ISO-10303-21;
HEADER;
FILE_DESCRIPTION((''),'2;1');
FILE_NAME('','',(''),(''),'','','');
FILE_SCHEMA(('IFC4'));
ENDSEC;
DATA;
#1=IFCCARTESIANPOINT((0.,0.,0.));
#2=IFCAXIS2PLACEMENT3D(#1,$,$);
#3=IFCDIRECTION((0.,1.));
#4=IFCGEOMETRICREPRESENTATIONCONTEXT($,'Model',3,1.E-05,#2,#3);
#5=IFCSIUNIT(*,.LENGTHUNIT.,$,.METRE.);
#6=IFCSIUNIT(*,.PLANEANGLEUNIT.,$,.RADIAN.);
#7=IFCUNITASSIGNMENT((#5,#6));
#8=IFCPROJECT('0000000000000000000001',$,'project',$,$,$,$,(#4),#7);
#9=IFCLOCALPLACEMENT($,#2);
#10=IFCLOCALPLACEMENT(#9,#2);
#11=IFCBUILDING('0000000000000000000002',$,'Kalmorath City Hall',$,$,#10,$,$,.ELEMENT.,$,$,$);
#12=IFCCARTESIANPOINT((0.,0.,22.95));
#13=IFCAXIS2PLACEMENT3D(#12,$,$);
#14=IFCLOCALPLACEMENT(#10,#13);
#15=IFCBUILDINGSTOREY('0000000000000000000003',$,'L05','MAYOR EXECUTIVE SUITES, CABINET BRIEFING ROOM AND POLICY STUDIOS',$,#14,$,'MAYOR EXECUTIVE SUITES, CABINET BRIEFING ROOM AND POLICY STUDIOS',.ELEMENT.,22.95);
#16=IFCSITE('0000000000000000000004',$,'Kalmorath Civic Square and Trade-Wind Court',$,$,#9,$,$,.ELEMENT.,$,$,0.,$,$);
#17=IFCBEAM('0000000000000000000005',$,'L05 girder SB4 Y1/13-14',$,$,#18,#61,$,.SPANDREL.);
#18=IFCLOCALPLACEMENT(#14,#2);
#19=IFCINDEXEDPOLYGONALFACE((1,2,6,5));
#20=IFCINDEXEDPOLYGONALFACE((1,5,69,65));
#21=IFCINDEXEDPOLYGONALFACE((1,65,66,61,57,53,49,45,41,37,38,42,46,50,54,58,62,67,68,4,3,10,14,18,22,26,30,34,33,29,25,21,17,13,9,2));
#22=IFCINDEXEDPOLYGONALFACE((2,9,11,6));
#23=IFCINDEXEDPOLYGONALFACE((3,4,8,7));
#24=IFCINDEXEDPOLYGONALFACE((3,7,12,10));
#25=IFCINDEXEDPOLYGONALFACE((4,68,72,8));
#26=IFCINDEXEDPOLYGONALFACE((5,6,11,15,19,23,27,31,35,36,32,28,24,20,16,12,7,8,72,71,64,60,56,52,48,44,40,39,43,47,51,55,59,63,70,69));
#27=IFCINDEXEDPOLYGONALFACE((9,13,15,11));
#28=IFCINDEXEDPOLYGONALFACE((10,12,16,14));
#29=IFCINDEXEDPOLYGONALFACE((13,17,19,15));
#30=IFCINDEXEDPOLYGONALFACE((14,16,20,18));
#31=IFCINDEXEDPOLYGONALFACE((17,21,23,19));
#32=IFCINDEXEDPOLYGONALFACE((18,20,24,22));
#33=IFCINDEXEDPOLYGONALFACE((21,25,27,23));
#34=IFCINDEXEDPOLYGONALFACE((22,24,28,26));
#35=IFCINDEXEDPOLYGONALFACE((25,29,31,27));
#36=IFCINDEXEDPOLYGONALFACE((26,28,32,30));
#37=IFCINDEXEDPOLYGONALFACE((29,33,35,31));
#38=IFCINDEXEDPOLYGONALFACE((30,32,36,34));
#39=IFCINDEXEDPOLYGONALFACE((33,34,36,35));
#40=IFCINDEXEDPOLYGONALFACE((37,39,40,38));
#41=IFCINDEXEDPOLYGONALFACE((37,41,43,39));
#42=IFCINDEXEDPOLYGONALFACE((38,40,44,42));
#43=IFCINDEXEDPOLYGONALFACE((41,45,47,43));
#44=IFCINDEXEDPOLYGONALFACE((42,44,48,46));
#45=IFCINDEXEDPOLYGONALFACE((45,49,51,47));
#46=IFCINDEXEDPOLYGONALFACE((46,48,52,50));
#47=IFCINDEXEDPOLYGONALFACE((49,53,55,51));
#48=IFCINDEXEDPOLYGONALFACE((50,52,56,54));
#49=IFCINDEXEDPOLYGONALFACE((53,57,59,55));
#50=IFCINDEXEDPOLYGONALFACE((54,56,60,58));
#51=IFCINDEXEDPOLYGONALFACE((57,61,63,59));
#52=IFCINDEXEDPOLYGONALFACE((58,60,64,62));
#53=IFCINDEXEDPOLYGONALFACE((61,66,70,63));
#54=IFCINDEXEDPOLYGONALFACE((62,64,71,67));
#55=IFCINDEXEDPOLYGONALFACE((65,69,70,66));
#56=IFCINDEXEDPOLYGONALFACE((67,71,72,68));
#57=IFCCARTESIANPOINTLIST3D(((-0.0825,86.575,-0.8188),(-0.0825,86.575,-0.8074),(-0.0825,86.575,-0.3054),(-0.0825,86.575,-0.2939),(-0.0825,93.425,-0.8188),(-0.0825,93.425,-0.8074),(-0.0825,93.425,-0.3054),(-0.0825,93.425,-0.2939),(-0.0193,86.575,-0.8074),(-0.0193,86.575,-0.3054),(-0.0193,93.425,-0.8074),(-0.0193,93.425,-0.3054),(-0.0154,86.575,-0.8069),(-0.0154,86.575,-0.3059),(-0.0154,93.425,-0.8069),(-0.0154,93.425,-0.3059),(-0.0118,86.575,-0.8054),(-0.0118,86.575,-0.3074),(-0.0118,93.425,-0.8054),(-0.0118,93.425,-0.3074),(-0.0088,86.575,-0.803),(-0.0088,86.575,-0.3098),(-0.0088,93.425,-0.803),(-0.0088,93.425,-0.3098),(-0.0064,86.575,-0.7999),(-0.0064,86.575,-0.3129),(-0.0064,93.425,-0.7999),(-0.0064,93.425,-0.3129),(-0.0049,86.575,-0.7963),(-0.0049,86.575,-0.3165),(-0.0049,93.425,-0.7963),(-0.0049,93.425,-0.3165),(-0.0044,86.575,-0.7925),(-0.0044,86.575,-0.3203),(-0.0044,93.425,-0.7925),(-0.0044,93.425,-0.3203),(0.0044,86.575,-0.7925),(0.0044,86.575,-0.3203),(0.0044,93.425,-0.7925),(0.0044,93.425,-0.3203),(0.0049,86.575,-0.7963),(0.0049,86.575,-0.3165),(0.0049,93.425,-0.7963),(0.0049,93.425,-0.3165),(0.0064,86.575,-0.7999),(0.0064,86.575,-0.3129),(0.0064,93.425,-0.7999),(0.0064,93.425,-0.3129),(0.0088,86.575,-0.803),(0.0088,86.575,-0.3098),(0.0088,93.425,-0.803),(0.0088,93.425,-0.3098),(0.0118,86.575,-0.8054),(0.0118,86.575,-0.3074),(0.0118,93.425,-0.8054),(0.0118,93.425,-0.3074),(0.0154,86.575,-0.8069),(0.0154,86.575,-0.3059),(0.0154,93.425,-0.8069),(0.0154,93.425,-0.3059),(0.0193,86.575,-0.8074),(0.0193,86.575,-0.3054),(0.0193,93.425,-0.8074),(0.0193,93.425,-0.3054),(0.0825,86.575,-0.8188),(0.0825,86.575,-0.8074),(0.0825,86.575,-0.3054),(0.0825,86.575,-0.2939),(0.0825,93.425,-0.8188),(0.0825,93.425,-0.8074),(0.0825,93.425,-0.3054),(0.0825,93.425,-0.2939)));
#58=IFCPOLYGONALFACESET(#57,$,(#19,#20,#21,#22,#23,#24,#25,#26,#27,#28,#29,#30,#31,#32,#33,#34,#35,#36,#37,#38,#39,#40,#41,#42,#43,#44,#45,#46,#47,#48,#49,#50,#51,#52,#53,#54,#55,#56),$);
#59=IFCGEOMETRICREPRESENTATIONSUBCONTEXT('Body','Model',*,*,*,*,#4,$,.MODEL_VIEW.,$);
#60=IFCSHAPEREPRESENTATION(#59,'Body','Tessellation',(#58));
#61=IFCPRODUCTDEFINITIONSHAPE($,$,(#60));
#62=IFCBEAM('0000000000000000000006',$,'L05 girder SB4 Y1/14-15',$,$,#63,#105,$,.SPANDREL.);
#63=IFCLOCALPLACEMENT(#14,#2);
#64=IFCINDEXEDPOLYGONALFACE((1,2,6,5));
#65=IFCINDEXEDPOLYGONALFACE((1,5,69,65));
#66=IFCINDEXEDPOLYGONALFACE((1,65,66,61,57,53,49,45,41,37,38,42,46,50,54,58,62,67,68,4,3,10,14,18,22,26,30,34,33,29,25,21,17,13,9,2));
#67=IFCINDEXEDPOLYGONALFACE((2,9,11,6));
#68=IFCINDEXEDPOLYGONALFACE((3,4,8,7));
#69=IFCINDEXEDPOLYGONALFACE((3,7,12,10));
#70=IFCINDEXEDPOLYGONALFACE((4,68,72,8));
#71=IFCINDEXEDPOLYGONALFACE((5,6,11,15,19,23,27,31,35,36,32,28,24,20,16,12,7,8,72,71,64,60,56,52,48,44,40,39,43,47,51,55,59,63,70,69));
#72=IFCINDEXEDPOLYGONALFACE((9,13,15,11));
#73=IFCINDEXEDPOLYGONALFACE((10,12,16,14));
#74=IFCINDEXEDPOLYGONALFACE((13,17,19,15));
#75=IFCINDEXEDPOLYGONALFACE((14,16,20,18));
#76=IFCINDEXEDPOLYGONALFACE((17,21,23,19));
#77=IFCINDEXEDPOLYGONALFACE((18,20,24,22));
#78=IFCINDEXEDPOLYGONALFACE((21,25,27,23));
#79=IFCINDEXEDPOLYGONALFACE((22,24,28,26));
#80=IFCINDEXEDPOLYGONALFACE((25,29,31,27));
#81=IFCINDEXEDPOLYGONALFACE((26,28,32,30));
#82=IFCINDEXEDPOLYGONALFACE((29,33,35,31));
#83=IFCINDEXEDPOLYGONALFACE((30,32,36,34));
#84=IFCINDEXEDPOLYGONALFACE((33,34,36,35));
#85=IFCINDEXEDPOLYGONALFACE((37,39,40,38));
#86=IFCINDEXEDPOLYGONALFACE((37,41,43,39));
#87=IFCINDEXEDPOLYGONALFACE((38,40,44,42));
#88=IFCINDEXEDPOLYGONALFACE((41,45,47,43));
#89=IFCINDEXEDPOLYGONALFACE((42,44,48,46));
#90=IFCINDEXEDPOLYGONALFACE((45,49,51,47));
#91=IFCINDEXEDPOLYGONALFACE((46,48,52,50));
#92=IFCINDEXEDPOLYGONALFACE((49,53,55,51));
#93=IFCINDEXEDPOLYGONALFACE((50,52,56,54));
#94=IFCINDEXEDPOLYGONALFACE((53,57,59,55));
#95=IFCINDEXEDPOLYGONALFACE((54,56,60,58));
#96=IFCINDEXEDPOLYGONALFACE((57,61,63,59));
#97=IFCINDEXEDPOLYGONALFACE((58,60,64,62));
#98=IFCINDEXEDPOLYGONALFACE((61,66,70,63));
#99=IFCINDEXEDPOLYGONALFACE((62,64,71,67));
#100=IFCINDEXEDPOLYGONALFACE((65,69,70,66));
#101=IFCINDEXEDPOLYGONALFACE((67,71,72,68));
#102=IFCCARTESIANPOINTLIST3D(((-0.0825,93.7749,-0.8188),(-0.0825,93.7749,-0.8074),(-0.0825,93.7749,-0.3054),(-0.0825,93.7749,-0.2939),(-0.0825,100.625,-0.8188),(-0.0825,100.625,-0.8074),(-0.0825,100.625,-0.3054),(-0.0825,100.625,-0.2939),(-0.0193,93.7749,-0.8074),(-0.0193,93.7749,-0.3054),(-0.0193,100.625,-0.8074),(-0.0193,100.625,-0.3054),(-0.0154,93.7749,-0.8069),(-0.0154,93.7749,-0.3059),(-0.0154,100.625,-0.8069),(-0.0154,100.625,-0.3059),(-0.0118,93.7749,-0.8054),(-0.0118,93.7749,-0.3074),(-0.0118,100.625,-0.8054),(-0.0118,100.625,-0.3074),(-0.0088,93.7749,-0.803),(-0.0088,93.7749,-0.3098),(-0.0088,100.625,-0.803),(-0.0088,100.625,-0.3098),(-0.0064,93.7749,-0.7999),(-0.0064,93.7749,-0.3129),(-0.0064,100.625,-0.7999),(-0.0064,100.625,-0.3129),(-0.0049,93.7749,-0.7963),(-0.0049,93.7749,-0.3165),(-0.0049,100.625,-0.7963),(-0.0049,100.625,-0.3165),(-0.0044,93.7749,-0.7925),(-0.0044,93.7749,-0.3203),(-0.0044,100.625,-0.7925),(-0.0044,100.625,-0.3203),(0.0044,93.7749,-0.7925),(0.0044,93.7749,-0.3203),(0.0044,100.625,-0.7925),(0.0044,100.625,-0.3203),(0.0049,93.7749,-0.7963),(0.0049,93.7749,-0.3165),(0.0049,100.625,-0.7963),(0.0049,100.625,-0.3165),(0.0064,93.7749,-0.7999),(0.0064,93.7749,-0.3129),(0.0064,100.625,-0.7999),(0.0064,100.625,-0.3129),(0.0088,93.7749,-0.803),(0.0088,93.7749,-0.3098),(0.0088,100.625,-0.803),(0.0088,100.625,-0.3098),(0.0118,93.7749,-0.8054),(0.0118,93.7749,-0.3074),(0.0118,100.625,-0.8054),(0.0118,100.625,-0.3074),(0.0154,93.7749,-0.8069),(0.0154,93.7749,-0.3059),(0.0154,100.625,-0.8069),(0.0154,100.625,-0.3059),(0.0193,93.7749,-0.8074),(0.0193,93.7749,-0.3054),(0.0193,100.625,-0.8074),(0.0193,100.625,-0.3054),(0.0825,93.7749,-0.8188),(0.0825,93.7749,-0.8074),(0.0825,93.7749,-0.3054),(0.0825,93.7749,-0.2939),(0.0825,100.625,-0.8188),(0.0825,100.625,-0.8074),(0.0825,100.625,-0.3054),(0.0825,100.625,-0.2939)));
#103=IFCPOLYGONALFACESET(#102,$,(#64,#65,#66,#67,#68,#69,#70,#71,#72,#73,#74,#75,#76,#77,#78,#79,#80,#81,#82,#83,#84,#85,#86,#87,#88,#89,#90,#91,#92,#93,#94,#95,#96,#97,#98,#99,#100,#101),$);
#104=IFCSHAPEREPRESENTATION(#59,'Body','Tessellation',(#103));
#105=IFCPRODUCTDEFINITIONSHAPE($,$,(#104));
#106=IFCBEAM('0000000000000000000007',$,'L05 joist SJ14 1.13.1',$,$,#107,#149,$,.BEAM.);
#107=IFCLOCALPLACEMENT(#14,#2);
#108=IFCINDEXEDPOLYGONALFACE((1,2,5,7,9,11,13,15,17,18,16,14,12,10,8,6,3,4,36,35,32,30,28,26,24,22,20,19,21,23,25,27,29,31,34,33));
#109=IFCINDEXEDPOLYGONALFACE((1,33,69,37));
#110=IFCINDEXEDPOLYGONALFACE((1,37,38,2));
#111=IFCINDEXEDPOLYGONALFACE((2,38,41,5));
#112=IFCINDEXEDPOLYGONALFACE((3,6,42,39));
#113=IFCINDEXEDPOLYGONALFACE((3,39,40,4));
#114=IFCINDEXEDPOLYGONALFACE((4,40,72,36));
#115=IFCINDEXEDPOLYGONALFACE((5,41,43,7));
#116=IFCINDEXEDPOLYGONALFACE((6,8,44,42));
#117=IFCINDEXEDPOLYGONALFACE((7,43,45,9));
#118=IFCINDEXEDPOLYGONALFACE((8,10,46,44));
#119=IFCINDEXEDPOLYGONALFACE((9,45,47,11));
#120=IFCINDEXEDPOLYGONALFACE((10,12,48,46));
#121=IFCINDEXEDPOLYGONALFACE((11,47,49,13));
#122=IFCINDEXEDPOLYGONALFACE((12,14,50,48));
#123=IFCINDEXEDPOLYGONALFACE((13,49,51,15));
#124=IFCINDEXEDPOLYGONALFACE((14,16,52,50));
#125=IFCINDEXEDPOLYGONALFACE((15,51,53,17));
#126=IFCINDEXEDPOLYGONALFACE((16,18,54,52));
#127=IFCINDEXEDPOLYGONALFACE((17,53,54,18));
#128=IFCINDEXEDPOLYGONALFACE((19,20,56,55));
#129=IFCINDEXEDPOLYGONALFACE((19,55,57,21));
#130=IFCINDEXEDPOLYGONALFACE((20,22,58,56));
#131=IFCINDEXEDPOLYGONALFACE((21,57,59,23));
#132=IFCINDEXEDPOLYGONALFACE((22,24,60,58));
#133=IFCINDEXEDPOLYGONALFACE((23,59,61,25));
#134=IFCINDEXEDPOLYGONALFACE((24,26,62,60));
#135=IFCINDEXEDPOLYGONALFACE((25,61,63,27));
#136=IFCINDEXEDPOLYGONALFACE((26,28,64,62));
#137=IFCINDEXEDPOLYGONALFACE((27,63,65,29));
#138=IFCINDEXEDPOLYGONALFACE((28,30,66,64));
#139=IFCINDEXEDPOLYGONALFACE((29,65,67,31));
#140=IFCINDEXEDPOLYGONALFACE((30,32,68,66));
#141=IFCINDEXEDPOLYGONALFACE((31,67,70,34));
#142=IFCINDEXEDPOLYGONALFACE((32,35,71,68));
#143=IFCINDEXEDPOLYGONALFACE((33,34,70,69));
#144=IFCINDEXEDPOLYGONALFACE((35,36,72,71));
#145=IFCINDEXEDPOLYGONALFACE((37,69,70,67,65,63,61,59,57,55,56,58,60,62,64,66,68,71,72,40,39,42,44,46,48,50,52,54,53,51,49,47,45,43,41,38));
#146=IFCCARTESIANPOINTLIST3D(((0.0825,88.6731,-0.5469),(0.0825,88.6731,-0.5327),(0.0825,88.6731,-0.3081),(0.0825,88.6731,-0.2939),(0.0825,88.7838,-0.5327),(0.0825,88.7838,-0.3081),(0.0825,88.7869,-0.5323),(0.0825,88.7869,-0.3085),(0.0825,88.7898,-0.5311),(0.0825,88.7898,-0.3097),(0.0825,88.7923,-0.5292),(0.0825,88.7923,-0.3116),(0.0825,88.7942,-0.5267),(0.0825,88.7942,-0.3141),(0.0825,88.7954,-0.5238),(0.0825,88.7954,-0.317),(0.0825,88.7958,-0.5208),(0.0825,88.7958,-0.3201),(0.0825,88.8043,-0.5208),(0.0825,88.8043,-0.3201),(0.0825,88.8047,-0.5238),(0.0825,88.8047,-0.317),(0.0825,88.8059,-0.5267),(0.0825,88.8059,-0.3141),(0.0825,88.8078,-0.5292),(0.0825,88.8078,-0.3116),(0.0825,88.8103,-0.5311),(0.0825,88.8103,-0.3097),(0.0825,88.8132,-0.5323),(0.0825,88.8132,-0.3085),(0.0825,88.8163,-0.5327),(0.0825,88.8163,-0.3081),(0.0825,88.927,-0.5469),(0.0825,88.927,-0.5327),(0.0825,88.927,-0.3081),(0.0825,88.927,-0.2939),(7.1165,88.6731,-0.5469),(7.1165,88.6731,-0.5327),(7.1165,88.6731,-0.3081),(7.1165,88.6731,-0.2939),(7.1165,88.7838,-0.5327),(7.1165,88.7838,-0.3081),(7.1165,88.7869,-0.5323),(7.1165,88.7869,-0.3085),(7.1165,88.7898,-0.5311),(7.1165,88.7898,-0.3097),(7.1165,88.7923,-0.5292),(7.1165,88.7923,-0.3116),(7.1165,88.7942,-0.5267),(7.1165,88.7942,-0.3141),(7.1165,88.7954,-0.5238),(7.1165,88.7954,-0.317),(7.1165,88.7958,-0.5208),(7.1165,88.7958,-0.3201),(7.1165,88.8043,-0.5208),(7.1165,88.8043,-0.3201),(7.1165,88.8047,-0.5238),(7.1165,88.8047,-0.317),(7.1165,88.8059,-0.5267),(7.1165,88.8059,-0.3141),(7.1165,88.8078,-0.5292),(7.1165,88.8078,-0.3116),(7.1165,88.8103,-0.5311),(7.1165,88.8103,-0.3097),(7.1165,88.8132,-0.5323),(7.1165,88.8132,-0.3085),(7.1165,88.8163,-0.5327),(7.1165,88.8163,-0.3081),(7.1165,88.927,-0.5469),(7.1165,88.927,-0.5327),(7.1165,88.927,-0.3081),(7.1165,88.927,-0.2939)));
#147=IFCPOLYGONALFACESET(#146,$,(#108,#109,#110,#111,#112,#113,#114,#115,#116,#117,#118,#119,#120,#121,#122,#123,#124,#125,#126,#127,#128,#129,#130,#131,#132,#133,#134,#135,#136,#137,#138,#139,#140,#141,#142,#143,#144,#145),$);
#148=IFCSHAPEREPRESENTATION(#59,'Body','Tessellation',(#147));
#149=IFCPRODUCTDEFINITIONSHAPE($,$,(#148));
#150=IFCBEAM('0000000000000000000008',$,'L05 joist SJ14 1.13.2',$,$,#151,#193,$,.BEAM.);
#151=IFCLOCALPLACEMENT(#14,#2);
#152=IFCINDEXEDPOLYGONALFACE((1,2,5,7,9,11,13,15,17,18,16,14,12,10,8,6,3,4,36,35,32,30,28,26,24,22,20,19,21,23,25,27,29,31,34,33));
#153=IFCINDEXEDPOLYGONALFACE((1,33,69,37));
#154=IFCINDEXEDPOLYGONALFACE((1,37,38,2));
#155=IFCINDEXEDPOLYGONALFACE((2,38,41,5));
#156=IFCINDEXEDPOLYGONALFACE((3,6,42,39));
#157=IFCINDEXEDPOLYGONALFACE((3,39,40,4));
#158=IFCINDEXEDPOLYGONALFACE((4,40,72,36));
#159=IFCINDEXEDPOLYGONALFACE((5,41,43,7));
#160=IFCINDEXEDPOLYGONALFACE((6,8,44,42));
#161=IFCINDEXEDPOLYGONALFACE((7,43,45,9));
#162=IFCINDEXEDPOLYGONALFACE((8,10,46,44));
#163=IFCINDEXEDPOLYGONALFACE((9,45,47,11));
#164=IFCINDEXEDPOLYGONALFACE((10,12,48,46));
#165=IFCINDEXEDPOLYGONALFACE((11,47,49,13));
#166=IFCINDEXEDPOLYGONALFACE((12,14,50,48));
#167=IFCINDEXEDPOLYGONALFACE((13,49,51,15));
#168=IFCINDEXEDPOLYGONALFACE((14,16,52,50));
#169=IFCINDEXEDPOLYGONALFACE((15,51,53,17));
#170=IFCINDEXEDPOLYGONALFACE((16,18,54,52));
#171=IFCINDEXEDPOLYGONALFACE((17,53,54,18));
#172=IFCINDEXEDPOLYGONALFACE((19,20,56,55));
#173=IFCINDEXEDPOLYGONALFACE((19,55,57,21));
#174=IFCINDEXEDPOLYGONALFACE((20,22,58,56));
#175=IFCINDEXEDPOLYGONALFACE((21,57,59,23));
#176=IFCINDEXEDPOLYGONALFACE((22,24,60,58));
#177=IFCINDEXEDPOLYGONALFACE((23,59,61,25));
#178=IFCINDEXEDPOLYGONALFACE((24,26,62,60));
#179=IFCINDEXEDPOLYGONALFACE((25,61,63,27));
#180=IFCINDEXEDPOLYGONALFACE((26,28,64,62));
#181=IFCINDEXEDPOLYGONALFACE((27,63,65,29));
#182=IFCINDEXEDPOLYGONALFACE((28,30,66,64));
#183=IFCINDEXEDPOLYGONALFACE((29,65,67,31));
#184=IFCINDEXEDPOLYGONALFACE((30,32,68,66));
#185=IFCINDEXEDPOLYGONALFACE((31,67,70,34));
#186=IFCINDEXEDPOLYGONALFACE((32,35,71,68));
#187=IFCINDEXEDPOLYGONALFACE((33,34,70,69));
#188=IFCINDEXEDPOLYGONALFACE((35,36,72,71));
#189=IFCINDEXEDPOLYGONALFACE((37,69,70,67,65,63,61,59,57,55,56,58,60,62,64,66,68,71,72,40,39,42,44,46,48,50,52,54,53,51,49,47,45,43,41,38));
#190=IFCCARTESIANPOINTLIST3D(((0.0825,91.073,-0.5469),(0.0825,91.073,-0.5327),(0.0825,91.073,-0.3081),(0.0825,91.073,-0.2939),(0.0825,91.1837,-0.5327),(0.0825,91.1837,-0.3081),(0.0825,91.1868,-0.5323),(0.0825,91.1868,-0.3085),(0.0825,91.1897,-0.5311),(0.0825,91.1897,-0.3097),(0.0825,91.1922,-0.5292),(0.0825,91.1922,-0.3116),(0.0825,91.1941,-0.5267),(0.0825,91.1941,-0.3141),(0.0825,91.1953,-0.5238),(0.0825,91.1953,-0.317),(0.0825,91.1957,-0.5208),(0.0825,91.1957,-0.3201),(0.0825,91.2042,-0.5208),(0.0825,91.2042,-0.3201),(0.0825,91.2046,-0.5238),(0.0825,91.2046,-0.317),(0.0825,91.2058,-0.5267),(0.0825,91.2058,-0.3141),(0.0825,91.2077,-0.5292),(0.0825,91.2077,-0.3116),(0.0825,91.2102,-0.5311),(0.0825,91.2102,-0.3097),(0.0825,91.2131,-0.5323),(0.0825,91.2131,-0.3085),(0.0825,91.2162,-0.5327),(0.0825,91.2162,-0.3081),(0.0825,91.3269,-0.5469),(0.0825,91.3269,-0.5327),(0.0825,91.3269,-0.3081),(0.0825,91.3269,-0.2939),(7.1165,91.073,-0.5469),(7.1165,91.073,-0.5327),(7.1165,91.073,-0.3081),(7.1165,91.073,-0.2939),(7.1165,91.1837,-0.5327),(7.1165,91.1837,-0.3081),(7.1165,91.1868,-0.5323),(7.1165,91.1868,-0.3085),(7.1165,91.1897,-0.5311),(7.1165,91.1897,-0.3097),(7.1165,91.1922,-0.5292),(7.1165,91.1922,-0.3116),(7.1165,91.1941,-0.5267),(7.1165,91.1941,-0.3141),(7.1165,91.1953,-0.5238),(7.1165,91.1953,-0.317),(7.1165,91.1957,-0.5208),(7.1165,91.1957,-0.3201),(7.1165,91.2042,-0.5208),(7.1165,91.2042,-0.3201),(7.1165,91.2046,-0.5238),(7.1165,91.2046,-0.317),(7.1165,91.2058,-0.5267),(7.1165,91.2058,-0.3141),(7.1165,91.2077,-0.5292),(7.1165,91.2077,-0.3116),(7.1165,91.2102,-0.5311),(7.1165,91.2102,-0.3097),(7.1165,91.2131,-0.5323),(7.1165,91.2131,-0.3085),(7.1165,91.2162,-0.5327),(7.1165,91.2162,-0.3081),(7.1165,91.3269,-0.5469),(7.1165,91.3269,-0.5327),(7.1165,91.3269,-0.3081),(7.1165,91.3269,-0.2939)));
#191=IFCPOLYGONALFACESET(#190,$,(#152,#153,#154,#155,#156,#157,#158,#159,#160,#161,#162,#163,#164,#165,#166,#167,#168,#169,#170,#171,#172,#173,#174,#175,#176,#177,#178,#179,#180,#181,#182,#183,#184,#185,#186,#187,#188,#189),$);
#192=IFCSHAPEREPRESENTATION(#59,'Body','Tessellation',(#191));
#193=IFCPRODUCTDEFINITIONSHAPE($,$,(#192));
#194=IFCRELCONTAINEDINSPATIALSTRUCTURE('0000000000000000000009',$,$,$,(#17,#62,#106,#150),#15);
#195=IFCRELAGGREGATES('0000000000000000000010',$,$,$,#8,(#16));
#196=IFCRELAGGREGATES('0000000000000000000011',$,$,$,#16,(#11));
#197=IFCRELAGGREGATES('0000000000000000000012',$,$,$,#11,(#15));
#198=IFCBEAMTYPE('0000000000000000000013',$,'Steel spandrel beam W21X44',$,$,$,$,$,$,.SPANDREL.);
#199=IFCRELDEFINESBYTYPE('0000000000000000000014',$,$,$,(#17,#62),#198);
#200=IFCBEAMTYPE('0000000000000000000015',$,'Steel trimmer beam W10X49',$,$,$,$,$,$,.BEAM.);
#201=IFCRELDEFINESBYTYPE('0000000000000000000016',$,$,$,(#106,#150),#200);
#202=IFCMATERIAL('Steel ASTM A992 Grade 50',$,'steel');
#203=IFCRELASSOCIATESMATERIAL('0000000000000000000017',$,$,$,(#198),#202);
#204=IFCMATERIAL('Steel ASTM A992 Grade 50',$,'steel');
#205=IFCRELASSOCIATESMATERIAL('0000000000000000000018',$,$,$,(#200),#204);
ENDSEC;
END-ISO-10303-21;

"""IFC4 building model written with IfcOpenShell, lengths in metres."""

from ifc_helpers import new_model, si_unit, direction, frame, origin, origin_2d, place, context, subcontext, project, spatial, i_section, extrude, material, material_profile, profile_set, type_object, element, save


model = new_model("IFC4")

# Units and contexts
model_context = context("Model", 3, precision=1e-05, world=origin(), true_north=direction((0.0, 1.0)))
body_context = subcontext(model_context, "Body", "Model", "MODEL_VIEW")
ifc_project = project(units=[si_unit("LENGTHUNIT", "METRE"), si_unit("PLANEANGLEUNIT", "RADIAN")], contexts=[model_context])

# Site, building, storey
site_placement = place(None, origin())
site = spatial("IfcSite", under=ifc_project, at=site_placement, Name="Kalmorath Civic Square and Trade-Wind Court", CompositionType="ELEMENT", RefElevation=0.0)
building_placement = place(site_placement, origin())
building = spatial("IfcBuilding", under=site, at=building_placement, Name="Kalmorath City Hall", CompositionType="ELEMENT")
storey_placement = place(building_placement, frame((0.0, 0.0, 22.95)))
storey = spatial("IfcBuildingStorey", under=building, at=storey_placement, Name="L05", Description="MAYOR EXECUTIVE SUITES, CABINET BRIEFING ROOM AND POLICY STUDIOS", LongName="MAYOR EXECUTIVE SUITES, CABINET BRIEFING ROOM AND POLICY STUDIOS", CompositionType="ELEMENT", Elevation=22.95)

# Beams
ifc_material_1 = material(Name="Steel ASTM A992 Grade 50", Category="steel")
ifc_material_profile_1 = material_profile(ifc_material_1, i_section(OverallWidth=0.165, OverallDepth=0.5249, WebThickness=0.0088, FlangeThickness=0.0115, FilletRadius=0.0149, at=origin_2d()), Name="W21X44")
ifc_profile_set_1 = profile_set([ifc_material_profile_1], Name="Steel ASTM A992 Grade 50")
beam_type_1 = type_object("IfcBeamType", Name="Steel spandrel beam W21X44", PredefinedType="SPANDREL", material=ifc_profile_set_1)
for number, where, z_axis, x_axis, name in (
    (1, (0.0, 86.575, -0.5564), (0.0, 1.0, 0.0), (-1.0, 0.0, 0.0), "L05 girder SB4 Y1/13-14"),
    (2, (0.0, 93.7749, -0.5564), (0.0, 1.0, 0.0), (-1.0, 0.0, 0.0), "L05 girder SB4 Y1/14-15"),
):
    element("IfcBeam", number, at=place(storey_placement, frame(where, z_axis=z_axis, x_axis=x_axis)), inside=storey, type_object=beam_type_1, Name=name, PredefinedType="SPANDREL", context=body_context, shape_type="SweptSolid", body=[
        extrude(i_section(OverallWidth=0.165, OverallDepth=0.5249, WebThickness=0.0088, FlangeThickness=0.0115, FilletRadius=0.0149, at=origin_2d()), origin(), (0.0, 0.0, 1.0), 6.8501),
    ])
ifc_material_2 = material(Name="Steel ASTM A992 Grade 50", Category="steel")
ifc_material_profile_2 = material_profile(ifc_material_2, i_section(OverallWidth=0.2539, OverallDepth=0.2529, WebThickness=0.0085, FlangeThickness=0.0142, FilletRadius=0.012, at=origin_2d()), Name="W10X49")
ifc_profile_set_2 = profile_set([ifc_material_profile_2], Name="Steel ASTM A992 Grade 50")
beam_type_2 = type_object("IfcBeamType", Name="Steel trimmer beam W10X49", PredefinedType="BEAM", material=ifc_profile_set_2)
for number, where, z_axis, x_axis, name in (
    (3, (0.0825, 88.8, -0.4204), (1.0, 0.0, 0.0), (0.0, 1.0, 0.0), "L05 joist SJ14 1.13.1"),
    (4, (0.0825, 91.2, -0.4204), (1.0, 0.0, 0.0), (0.0, 1.0, 0.0), "L05 joist SJ14 1.13.2"),
):
    element("IfcBeam", number, at=place(storey_placement, frame(where, z_axis=z_axis, x_axis=x_axis)), inside=storey, type_object=beam_type_2, Name=name, PredefinedType="BEAM", context=body_context, shape_type="SweptSolid", body=[
        extrude(i_section(OverallWidth=0.2539, OverallDepth=0.2529, WebThickness=0.0085, FlangeThickness=0.0142, FilletRadius=0.012, at=origin_2d()), origin(), (0.0, 0.0, 1.0), 7.0339),
    ])

save(model, "model.ifc")
